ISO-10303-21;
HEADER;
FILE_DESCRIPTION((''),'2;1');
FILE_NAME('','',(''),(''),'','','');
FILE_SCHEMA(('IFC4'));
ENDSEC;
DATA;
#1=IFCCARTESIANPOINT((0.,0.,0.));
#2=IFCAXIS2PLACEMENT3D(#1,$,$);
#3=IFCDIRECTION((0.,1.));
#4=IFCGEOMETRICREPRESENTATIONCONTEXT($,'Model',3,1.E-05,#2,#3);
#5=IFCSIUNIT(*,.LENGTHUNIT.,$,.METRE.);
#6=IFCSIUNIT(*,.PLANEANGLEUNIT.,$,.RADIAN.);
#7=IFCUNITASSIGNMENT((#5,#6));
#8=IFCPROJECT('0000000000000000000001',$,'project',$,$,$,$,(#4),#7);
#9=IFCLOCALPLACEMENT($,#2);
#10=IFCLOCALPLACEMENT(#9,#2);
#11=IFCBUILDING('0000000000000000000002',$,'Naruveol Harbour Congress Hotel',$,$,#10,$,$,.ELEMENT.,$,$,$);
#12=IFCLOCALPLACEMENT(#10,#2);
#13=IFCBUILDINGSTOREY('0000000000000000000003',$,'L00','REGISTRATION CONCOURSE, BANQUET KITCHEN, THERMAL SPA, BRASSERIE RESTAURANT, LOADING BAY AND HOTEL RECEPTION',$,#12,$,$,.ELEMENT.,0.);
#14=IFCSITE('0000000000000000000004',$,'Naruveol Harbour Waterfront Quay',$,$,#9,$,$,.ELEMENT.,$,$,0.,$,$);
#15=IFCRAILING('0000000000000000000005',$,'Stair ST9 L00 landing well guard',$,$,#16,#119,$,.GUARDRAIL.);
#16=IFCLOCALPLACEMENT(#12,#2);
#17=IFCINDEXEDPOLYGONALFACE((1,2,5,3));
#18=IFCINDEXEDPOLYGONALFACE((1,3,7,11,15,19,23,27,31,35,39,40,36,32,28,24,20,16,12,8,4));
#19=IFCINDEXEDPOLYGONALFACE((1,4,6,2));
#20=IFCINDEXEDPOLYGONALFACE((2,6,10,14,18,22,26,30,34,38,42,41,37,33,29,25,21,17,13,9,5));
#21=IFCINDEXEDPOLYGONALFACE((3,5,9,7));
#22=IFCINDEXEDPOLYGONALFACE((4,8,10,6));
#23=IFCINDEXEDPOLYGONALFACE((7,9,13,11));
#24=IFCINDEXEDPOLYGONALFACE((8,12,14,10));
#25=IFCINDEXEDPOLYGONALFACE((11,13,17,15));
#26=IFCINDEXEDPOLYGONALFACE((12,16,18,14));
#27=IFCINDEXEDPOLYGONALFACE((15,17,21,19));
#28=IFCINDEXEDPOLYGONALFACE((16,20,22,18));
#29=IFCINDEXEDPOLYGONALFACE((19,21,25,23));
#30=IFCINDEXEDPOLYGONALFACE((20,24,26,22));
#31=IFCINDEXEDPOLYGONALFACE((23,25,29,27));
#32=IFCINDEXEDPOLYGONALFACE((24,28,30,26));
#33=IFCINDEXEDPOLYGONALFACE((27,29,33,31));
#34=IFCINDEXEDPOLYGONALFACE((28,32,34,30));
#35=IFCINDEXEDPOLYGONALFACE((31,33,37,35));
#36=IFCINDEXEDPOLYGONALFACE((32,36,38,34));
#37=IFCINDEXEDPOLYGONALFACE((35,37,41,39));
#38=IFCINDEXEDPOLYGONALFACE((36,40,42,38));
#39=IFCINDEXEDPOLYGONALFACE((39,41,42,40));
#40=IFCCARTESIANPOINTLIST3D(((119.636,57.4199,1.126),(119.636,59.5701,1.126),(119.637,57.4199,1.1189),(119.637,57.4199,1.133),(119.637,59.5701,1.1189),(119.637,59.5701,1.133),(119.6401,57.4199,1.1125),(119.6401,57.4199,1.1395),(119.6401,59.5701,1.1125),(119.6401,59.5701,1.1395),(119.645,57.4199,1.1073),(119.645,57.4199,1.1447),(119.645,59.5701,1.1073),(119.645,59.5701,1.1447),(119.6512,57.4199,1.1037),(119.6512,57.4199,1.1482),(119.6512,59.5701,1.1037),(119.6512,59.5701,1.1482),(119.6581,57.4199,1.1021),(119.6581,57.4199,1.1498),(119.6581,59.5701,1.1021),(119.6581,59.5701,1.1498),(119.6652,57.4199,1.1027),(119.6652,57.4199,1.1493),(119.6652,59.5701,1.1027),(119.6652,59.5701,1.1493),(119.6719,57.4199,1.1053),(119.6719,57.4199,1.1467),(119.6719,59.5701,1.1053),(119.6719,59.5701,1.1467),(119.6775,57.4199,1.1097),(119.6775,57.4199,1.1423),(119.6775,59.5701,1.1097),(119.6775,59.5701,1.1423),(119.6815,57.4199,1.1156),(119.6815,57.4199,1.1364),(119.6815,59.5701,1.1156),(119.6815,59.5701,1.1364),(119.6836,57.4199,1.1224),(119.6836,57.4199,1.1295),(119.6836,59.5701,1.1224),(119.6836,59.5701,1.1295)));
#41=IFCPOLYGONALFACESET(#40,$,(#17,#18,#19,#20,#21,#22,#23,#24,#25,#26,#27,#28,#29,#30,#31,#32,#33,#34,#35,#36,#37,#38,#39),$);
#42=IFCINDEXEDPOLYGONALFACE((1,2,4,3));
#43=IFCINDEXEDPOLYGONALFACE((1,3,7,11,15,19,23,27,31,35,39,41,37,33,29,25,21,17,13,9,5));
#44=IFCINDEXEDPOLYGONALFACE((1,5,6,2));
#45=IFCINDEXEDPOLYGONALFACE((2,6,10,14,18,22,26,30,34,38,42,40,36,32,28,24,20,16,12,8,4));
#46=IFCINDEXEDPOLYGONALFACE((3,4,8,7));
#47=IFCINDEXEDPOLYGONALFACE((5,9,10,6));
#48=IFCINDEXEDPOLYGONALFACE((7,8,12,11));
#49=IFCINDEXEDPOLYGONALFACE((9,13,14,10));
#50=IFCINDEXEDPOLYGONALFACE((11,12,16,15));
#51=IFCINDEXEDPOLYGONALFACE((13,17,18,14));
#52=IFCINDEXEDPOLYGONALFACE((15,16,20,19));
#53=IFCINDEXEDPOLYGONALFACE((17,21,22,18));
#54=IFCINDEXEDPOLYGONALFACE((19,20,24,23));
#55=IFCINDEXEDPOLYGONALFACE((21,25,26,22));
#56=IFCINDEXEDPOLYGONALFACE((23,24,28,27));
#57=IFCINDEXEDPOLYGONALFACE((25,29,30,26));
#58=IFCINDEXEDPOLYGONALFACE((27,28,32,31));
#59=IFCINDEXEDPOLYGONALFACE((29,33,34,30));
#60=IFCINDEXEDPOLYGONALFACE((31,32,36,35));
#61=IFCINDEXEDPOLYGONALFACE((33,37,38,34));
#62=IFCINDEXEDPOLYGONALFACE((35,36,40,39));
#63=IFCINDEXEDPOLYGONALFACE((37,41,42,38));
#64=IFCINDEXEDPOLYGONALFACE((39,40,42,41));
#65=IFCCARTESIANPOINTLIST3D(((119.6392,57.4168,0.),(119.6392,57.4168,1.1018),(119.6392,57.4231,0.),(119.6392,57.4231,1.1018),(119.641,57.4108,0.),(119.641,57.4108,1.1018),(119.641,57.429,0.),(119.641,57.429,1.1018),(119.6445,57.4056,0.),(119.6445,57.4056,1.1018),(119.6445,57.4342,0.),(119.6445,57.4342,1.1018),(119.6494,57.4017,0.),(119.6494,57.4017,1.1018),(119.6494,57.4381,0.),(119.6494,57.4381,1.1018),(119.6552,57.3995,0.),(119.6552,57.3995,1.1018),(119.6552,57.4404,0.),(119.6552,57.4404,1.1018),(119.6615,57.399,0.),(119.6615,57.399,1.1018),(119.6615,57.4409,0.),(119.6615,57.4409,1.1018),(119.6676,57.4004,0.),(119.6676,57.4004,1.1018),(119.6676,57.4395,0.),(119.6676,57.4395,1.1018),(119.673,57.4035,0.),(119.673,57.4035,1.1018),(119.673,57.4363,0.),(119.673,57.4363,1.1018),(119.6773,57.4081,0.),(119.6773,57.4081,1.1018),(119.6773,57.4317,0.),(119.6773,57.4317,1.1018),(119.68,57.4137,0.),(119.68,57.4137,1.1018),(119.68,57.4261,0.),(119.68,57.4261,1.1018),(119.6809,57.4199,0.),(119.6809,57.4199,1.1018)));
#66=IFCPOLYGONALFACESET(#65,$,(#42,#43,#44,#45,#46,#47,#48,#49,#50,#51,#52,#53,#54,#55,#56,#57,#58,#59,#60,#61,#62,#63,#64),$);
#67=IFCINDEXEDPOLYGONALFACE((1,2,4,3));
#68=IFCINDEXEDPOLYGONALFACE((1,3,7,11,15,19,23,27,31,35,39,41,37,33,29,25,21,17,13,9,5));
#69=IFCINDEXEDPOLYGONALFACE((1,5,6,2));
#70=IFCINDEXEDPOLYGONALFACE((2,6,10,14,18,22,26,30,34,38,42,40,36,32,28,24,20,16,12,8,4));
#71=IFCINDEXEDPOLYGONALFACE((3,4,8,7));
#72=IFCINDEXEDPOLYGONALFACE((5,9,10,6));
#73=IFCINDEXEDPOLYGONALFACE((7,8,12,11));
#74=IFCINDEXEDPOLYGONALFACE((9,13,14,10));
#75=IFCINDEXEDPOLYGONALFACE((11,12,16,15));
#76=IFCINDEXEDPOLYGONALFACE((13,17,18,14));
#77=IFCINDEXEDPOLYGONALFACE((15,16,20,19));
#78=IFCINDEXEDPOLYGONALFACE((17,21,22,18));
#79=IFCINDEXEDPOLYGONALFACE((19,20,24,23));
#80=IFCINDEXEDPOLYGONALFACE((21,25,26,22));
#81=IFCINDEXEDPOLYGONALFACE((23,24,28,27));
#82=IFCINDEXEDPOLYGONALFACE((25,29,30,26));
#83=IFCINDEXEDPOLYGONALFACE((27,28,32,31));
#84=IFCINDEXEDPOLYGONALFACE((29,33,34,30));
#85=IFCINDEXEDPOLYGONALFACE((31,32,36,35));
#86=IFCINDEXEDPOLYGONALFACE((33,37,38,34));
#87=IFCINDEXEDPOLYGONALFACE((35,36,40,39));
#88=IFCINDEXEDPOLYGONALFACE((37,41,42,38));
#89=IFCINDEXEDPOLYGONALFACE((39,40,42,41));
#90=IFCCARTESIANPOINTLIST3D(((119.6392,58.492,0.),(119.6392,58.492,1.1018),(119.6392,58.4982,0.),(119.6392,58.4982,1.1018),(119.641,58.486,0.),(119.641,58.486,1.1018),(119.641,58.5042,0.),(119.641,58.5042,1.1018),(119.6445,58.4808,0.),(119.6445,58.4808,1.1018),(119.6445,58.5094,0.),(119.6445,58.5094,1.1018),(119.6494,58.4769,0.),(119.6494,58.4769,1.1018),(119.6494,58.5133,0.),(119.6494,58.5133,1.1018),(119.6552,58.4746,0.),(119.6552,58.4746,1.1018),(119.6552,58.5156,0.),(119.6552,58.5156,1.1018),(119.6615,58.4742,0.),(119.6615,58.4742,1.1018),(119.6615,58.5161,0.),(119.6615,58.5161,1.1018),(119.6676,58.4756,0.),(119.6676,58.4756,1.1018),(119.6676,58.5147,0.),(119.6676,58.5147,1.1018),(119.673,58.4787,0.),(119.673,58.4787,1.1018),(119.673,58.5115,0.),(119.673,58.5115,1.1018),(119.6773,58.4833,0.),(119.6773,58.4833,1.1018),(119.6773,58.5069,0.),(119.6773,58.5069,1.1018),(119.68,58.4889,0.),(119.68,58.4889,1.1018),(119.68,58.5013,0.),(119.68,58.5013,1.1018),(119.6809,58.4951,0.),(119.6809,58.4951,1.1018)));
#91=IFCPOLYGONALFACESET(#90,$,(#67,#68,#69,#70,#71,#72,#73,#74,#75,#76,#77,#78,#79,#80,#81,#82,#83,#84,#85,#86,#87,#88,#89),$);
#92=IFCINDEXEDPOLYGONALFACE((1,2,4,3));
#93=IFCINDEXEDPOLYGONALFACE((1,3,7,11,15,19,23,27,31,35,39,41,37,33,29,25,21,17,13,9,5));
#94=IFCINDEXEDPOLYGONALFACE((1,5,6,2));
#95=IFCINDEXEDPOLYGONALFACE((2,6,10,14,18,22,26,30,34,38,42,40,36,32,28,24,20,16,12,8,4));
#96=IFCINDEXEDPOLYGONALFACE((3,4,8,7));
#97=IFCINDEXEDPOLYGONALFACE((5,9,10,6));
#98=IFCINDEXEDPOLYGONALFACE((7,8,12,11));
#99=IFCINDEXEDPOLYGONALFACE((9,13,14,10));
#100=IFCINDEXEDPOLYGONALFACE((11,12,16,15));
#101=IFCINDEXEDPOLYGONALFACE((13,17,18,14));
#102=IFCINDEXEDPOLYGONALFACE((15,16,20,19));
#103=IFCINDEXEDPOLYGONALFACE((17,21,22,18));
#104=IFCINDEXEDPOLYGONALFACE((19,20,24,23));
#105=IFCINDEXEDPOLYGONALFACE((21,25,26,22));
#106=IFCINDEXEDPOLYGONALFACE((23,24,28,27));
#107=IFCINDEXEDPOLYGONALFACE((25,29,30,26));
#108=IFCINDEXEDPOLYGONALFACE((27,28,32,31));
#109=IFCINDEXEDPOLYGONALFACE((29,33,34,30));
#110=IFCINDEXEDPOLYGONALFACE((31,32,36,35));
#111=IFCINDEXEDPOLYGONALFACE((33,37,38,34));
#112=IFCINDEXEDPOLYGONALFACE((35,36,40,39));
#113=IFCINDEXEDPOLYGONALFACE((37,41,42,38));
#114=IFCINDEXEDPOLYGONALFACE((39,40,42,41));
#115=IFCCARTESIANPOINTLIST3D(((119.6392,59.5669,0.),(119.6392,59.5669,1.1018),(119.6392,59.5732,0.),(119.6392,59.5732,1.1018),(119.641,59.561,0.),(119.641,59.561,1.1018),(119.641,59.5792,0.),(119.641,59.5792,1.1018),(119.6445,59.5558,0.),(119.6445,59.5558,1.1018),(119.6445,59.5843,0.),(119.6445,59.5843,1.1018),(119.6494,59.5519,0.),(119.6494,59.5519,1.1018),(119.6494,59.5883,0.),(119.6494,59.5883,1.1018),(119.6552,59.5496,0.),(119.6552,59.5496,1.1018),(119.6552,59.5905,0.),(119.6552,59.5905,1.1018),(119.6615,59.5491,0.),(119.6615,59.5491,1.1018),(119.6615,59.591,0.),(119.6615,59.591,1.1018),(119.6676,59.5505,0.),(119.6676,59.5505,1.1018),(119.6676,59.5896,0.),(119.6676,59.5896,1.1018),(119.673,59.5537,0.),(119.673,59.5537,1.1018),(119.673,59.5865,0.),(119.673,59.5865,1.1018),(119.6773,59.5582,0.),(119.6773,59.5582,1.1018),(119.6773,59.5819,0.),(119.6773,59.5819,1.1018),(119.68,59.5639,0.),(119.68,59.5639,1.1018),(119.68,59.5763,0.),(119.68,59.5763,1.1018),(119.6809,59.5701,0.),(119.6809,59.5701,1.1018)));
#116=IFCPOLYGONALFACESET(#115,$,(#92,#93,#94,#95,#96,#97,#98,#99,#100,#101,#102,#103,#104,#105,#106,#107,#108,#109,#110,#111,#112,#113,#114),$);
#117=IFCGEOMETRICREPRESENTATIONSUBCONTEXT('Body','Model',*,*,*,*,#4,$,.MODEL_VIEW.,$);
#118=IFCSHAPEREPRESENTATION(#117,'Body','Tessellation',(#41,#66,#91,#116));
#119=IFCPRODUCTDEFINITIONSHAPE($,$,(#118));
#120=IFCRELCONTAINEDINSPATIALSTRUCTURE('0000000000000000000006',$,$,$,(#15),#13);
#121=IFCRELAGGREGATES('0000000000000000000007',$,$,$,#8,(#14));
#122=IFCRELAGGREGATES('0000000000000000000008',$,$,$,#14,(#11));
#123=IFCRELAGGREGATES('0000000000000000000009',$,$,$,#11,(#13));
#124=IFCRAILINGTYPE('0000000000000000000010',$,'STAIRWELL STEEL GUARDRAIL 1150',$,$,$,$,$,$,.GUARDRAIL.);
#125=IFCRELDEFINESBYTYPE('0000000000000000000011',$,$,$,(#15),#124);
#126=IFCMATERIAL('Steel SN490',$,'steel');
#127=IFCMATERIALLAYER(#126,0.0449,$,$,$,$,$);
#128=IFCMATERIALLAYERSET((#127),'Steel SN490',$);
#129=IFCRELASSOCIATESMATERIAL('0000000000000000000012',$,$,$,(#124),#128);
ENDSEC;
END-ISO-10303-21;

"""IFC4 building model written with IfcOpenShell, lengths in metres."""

from ifc_helpers import new_model, si_unit, direction, frame, origin, origin_2d, place, context, subcontext, project, spatial, circle, extrude, material, layer, layer_set, type_object, element, save


model = new_model("IFC4")

# Units and contexts
model_context = context("Model", 3, precision=1e-05, world=origin(), true_north=direction((0.0, 1.0)))
body_context = subcontext(model_context, "Body", "Model", "MODEL_VIEW")
ifc_project = project(units=[si_unit("LENGTHUNIT", "METRE"), si_unit("PLANEANGLEUNIT", "RADIAN")], contexts=[model_context])

# Site, building, storey
site_placement = place(None, origin())
site = spatial("IfcSite", under=ifc_project, at=site_placement, Name="Naruveol Harbour Waterfront Quay", CompositionType="ELEMENT", RefElevation=0.0)
building_placement = place(site_placement, origin())
building = spatial("IfcBuilding", under=site, at=building_placement, Name="Naruveol Harbour Congress Hotel", CompositionType="ELEMENT")
storey_placement = place(building_placement, origin())
storey = spatial("IfcBuildingStorey", under=building, at=storey_placement, Name="L00", Description="REGISTRATION CONCOURSE, BANQUET KITCHEN, THERMAL SPA, BRASSERIE RESTAURANT, LOADING BAY AND HOTEL RECEPTION", CompositionType="ELEMENT", Elevation=0.0)

# Railing
ifc_material_1 = material(Name="Steel SN490", Category="steel")
ifc_layer_1 = layer(ifc_material_1, 0.0449)
ifc_layer_set_1 = layer_set([ifc_layer_1], Name="Steel SN490")
railing_type_1 = type_object("IfcRailingType", Name="STAIRWELL STEEL GUARDRAIL 1150", PredefinedType="GUARDRAIL", material=ifc_layer_set_1)
railing_1_placement = place(storey_placement, frame((119.6599, 57.4199, 0.0)))
element("IfcRailing", 1, at=railing_1_placement, inside=storey, type_object=railing_type_1, Name="Stair ST9 L00 landing well guard", PredefinedType="GUARDRAIL", context=body_context, shape_type="SweptSolid", body=[
    extrude(circle(Radius=0.0239, at=origin_2d()), frame((0.0, 0.0, 1.126), z_axis=(0.0, 1.0, 0.0), x_axis=(-1.0, 0.0, 0.0)), (0.0, 0.0, 1.0), 2.1501),
    extrude(circle(Radius=0.021, at=origin_2d()), origin(), (0.0, 0.0, 1.0), 1.1018),
    extrude(circle(Radius=0.021, at=origin_2d()), frame((0.0, 1.0752, 0.0)), (0.0, 0.0, 1.0), 1.1018),
    extrude(circle(Radius=0.021, at=origin_2d()), frame((0.0, 2.1501, 0.0)), (0.0, 0.0, 1.0), 1.1018),
])

save(model, "model.ifc")
